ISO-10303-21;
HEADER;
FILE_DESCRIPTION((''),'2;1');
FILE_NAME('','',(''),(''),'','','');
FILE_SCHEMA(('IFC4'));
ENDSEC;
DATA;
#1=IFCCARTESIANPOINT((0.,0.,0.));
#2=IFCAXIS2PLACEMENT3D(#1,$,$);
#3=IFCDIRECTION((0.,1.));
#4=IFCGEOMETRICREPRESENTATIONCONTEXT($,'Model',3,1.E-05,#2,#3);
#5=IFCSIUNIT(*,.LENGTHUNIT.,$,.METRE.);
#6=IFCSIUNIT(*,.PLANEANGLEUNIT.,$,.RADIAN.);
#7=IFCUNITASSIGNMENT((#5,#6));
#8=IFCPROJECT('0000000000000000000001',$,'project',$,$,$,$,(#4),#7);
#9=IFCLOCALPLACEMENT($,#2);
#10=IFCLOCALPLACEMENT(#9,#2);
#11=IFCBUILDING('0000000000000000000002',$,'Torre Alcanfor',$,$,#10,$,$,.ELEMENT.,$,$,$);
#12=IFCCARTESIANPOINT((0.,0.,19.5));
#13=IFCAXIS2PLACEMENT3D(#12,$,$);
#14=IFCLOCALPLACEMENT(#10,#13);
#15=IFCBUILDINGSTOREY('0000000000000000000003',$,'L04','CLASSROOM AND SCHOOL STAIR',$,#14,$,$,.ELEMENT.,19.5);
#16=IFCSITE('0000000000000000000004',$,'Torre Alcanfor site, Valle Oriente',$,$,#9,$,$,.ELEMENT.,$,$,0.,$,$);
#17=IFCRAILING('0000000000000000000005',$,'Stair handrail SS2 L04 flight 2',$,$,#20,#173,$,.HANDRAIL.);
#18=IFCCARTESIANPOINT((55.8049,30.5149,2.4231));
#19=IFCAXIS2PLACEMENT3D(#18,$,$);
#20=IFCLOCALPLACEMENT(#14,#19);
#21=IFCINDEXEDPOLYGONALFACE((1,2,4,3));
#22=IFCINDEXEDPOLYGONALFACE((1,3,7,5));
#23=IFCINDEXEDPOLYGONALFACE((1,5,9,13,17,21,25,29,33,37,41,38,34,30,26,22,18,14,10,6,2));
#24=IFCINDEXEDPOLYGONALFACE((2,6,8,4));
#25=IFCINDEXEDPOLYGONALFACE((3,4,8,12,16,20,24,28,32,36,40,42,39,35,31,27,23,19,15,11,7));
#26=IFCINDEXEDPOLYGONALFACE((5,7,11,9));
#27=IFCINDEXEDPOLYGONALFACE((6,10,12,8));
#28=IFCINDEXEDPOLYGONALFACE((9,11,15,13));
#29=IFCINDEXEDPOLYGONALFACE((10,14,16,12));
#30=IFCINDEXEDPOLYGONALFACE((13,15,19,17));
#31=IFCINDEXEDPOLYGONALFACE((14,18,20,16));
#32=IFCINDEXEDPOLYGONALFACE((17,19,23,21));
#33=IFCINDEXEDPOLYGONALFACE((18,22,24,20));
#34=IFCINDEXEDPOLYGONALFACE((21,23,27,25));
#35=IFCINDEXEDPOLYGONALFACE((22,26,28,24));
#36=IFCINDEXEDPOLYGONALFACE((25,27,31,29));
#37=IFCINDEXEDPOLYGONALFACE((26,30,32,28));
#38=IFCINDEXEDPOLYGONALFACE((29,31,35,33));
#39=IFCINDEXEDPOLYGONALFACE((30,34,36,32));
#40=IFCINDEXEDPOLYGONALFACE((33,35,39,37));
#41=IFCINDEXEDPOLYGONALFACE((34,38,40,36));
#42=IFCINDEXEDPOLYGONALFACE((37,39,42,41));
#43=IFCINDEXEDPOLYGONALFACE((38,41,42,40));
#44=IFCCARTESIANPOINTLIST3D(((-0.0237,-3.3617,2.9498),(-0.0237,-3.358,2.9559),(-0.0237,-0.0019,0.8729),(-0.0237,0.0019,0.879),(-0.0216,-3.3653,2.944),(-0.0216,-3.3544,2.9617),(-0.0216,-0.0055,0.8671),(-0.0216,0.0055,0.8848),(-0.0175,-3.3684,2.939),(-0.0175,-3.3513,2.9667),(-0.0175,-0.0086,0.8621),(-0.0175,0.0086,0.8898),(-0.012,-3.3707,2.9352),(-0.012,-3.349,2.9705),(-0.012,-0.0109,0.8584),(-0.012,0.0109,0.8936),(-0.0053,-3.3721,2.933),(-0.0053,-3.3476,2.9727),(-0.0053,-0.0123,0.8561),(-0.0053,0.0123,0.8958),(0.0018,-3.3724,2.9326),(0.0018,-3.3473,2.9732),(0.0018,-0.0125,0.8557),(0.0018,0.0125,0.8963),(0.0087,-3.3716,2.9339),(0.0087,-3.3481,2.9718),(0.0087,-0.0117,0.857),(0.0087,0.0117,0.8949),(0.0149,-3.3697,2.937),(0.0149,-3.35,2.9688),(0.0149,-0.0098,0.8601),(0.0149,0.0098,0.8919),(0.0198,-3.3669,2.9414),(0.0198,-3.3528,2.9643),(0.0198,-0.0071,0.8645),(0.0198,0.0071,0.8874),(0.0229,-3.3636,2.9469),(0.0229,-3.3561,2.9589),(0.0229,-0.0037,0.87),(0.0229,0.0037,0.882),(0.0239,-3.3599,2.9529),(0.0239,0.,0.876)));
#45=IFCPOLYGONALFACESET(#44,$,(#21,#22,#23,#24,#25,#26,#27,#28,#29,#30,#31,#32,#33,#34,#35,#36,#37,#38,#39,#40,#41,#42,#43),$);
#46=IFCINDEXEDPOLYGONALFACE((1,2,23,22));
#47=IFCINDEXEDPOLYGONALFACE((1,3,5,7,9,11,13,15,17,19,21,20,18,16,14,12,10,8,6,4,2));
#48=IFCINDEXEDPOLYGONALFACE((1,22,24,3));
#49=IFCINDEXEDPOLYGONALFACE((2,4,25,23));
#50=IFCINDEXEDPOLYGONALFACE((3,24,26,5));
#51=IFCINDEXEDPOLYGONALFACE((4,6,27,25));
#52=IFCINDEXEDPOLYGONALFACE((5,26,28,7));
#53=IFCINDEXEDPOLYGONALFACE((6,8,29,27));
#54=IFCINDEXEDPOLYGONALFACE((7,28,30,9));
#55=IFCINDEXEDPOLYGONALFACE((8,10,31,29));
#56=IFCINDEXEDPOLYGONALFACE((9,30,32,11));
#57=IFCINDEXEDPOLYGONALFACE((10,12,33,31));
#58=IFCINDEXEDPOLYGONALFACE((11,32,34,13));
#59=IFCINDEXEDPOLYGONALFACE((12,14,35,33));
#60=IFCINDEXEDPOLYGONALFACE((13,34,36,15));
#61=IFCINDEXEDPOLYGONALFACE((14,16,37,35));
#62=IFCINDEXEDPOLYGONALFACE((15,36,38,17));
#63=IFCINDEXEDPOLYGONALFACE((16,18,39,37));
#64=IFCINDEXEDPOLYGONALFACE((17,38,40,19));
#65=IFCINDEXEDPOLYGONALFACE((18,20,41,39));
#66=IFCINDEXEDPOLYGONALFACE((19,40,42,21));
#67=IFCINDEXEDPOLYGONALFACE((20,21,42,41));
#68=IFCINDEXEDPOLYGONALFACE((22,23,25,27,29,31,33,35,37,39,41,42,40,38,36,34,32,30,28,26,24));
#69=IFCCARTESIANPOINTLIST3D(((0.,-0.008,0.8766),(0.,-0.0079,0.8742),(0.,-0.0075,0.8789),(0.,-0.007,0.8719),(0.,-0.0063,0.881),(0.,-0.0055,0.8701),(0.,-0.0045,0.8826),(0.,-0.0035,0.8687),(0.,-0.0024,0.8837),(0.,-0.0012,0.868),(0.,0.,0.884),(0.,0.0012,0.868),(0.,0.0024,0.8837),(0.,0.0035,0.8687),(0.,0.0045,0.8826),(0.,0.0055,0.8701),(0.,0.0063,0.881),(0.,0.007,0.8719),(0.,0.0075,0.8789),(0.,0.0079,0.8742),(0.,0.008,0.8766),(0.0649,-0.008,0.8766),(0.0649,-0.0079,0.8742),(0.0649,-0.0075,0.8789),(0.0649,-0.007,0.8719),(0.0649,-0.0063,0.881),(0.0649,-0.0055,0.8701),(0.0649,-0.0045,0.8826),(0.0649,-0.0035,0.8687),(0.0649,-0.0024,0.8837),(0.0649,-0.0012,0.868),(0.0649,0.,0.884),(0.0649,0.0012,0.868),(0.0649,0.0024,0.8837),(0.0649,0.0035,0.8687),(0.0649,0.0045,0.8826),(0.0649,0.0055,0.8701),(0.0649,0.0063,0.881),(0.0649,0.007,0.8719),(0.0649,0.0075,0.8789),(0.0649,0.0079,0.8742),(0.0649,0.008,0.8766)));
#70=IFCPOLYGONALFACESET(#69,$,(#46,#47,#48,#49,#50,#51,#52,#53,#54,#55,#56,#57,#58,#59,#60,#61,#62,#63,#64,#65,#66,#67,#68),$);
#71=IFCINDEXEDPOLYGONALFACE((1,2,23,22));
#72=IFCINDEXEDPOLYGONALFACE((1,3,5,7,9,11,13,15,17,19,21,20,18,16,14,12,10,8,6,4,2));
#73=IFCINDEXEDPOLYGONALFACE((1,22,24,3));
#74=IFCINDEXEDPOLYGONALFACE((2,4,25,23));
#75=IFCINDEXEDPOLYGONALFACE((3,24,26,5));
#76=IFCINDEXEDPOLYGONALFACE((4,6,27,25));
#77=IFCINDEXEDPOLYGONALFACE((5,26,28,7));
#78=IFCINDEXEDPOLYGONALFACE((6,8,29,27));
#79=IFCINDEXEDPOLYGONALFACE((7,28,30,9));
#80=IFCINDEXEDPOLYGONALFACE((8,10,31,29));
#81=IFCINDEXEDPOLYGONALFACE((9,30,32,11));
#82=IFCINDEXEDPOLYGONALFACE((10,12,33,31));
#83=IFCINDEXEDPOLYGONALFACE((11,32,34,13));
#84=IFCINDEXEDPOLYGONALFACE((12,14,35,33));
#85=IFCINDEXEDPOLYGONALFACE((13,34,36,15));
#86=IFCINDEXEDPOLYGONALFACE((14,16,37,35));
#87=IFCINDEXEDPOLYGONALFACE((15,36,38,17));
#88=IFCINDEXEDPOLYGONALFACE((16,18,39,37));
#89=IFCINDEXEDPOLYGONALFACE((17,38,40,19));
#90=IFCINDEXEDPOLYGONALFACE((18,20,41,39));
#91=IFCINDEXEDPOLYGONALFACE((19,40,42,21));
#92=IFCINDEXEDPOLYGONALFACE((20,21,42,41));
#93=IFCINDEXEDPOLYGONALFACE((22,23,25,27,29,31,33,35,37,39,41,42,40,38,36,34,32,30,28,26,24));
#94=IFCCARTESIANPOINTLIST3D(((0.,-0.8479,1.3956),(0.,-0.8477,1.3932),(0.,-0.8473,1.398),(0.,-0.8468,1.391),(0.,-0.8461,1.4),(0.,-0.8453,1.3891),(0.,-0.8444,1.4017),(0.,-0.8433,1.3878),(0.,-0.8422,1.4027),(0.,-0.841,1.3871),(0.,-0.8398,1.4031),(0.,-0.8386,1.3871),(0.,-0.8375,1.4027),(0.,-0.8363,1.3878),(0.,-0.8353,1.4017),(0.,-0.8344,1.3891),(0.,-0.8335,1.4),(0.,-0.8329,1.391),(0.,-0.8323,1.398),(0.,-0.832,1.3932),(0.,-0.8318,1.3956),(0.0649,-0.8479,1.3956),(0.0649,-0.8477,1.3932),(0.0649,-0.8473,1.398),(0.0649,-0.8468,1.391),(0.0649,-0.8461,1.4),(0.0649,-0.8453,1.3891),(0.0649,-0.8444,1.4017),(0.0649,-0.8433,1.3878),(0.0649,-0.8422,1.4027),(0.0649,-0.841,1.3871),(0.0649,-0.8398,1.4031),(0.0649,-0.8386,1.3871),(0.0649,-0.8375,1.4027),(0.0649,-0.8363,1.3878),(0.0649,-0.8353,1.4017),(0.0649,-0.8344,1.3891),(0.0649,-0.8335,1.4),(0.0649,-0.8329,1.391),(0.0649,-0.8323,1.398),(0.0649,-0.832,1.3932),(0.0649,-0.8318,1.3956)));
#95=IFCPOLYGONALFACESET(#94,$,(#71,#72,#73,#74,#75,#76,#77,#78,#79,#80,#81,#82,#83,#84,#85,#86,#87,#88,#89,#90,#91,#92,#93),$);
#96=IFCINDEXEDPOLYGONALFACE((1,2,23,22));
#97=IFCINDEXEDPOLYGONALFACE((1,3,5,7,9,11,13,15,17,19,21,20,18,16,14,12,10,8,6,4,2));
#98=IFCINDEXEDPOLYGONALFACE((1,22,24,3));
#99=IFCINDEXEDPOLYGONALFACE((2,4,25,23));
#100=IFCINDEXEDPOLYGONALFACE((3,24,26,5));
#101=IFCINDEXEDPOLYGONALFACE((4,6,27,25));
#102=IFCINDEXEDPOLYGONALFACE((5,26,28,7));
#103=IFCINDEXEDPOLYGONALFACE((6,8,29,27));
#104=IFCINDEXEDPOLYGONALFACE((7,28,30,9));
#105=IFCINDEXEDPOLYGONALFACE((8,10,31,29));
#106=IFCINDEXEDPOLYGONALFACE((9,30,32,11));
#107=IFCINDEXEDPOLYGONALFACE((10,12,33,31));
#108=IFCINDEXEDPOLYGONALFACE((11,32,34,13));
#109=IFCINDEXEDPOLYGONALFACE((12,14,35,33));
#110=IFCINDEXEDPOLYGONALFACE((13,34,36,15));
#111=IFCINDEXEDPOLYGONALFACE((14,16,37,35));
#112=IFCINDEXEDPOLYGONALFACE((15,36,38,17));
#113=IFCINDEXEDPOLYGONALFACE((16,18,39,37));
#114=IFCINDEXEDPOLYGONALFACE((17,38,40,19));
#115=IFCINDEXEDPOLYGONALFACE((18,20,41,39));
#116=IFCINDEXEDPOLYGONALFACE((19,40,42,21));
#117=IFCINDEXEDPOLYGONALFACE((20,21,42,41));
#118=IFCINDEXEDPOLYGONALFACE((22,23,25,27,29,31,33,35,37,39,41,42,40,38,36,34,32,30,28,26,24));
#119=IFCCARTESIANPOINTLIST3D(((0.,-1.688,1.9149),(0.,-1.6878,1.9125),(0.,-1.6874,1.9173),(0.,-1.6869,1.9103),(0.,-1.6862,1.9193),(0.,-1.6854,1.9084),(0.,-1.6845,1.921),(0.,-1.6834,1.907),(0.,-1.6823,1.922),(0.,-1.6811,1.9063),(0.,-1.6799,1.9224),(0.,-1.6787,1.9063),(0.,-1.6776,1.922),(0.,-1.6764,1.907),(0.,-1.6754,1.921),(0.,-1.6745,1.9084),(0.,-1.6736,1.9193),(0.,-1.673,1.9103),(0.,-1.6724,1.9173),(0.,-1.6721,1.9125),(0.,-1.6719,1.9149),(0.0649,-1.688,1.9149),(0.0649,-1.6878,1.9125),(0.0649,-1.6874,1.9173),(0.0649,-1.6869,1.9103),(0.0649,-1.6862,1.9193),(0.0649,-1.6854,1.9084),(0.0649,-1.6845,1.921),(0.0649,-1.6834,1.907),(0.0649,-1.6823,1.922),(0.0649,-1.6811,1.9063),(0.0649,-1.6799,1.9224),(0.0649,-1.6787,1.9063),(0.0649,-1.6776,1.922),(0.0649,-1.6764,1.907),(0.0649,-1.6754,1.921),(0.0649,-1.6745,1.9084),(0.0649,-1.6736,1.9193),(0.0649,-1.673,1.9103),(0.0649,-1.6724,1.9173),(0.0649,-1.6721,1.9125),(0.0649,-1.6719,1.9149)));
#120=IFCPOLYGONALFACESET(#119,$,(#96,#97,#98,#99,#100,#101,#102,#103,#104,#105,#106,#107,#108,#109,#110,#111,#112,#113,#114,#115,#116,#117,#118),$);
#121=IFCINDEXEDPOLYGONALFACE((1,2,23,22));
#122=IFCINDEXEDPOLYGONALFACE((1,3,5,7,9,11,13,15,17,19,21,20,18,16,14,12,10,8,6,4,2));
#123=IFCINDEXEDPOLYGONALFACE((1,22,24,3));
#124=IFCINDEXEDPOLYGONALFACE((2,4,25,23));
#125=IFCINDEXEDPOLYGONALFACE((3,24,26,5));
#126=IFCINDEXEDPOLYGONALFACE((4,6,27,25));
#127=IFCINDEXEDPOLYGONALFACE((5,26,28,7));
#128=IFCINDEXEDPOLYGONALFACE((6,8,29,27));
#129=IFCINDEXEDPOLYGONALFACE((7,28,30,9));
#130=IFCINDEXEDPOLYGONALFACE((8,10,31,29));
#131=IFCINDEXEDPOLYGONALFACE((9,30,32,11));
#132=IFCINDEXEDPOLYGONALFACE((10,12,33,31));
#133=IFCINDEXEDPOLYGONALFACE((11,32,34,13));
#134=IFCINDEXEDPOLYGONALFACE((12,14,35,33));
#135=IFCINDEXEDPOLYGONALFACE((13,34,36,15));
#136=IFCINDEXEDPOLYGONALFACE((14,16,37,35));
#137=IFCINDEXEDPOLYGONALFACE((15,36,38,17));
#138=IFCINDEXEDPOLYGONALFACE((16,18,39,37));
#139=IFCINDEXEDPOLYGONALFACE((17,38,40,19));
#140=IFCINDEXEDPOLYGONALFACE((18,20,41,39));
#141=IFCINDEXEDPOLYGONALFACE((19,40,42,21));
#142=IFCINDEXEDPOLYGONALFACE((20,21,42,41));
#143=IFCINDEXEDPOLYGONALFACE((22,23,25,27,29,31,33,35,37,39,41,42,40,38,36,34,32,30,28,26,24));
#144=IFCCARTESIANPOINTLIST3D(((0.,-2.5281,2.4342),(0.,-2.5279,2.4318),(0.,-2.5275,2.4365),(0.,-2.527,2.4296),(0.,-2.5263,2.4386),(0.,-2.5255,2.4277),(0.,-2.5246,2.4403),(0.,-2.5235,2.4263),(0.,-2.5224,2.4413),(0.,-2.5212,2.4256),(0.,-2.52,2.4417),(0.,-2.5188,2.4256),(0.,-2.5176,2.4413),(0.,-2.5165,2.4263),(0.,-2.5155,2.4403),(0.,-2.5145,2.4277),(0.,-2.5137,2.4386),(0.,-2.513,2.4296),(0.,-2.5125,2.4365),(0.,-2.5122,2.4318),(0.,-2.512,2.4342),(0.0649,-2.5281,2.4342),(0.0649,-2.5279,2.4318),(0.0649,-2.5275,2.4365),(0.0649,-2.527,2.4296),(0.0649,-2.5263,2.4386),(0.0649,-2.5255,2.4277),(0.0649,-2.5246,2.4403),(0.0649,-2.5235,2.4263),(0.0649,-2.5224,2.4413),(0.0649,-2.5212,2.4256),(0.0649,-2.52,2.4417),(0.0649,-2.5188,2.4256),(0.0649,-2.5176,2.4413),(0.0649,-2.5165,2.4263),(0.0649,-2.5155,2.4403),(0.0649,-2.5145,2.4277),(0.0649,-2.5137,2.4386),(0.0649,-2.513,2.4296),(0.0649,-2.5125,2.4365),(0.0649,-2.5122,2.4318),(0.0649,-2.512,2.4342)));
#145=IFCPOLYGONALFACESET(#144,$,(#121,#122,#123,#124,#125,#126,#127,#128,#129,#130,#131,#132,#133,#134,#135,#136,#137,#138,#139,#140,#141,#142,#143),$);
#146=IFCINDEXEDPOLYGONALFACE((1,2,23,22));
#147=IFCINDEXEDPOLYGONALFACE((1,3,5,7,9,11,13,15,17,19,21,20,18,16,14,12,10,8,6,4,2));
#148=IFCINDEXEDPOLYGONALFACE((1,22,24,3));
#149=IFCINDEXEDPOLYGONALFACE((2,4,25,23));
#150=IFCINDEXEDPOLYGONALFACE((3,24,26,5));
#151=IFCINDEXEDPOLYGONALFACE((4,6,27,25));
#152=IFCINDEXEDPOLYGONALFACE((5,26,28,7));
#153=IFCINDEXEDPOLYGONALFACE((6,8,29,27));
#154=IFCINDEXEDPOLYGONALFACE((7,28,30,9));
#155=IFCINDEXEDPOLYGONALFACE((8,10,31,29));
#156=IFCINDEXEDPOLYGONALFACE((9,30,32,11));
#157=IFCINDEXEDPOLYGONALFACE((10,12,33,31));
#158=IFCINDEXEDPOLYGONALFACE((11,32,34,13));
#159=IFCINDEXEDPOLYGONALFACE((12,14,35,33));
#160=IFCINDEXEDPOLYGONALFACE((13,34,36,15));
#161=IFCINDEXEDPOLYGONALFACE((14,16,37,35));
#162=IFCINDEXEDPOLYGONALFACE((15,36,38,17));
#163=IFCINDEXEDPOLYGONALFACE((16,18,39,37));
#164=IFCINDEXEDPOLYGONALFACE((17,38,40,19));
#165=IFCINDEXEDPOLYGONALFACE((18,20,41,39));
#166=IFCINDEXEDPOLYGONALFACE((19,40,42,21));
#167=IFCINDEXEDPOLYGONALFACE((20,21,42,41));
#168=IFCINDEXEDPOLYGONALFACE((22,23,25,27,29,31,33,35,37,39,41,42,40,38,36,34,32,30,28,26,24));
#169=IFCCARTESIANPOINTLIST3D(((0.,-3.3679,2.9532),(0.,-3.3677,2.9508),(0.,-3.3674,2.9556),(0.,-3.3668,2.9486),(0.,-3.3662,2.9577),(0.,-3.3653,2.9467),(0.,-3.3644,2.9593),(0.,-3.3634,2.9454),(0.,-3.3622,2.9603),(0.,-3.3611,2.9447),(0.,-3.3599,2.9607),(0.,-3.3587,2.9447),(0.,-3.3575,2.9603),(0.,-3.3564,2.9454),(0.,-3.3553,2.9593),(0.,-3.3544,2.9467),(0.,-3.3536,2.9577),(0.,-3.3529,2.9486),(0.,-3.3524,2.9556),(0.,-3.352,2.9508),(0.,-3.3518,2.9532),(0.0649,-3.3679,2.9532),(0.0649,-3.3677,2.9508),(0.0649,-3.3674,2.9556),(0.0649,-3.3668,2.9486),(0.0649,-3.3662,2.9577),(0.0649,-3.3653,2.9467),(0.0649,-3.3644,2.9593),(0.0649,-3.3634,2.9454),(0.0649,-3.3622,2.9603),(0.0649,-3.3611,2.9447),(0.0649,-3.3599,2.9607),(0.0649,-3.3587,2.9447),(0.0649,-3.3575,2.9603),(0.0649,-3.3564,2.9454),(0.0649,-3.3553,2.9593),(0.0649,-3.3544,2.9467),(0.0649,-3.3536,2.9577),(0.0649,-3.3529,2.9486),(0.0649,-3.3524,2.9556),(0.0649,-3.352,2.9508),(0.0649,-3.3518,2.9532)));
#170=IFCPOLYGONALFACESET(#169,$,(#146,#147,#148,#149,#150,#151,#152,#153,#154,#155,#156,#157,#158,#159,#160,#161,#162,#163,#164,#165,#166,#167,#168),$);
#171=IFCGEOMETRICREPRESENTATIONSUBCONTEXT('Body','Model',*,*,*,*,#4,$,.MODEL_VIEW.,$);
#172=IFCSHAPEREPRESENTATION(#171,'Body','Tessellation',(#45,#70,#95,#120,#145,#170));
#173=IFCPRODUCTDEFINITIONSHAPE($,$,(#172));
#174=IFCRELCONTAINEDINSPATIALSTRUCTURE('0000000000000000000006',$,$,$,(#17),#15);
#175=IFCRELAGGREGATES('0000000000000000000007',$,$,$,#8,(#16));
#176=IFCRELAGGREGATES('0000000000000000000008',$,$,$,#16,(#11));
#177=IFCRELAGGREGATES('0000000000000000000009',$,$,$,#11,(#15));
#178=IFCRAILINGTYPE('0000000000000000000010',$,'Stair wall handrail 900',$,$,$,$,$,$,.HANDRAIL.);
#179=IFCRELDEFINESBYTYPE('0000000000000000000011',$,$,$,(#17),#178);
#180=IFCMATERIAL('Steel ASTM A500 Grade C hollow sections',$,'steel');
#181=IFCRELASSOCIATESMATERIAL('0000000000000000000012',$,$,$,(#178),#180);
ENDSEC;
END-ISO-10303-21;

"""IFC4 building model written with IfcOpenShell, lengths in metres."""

from ifc_helpers import new_model, si_unit, direction, frame, origin, origin_2d, place, context, subcontext, project, spatial, circle, extrude, material, type_object, element, save


model = new_model("IFC4")

# Units and contexts
model_context = context("Model", 3, precision=1e-05, world=origin(), true_north=direction((0.0, 1.0)))
body_context = subcontext(model_context, "Body", "Model", "MODEL_VIEW")
ifc_project = project(units=[si_unit("LENGTHUNIT", "METRE"), si_unit("PLANEANGLEUNIT", "RADIAN")], contexts=[model_context])

# Site, building, storey
site_placement = place(None, origin())
site = spatial("IfcSite", under=ifc_project, at=site_placement, Name="Torre Alcanfor site, Valle Oriente", CompositionType="ELEMENT", RefElevation=0.0)
building_placement = place(site_placement, origin())
building = spatial("IfcBuilding", under=site, at=building_placement, Name="Torre Alcanfor", CompositionType="ELEMENT")
storey_placement = place(building_placement, frame((0.0, 0.0, 19.5)))
storey = spatial("IfcBuildingStorey", under=building, at=storey_placement, Name="L04", Description="CLASSROOM AND SCHOOL STAIR", CompositionType="ELEMENT", Elevation=19.5)

# Railing
ifc_material_1 = material(Name="Steel ASTM A500 Grade C hollow sections", Category="steel")
railing_type_1 = type_object("IfcRailingType", Name="Stair wall handrail 900", PredefinedType="HANDRAIL", material=ifc_material_1)
railing_1_placement = place(storey_placement, frame((55.8049, 30.5149, 2.4231)))
element("IfcRailing", 1, at=railing_1_placement, inside=storey, type_object=railing_type_1, Name="Stair handrail SS2 L04 flight 2", PredefinedType="HANDRAIL", context=body_context, shape_type="SweptSolid", body=[
    extrude(circle(Radius=0.0239, at=origin_2d()), frame((0.0, 0.0, 0.876), z_axis=(0.0, -0.850606, 0.525803), x_axis=(1.0, 0.0, 0.0)), (0.0, 0.0, 1.0), 3.95),
    extrude(circle(Radius=0.0081, at=origin_2d()), frame((0.0, 0.0, 0.876), z_axis=(1.0, 0.0, 0.0), x_axis=(0.0, 0.0, 1.0)), (0.0, 0.0, 1.0), 0.0649),
    extrude(circle(Radius=0.0081, at=origin_2d()), frame((0.0, -0.8398, 1.395), z_axis=(1.0, 0.0, 0.0), x_axis=(0.0, 0.0, 1.0)), (0.0, 0.0, 1.0), 0.0649),
    extrude(circle(Radius=0.0081, at=origin_2d()), frame((0.0, -1.6799, 1.9143), z_axis=(1.0, 0.0, 0.0), x_axis=(0.0, 0.0, 1.0)), (0.0, 0.0, 1.0), 0.0649),
    extrude(circle(Radius=0.0081, at=origin_2d()), frame((0.0, -2.52, 2.4336), z_axis=(1.0, 0.0, 0.0), x_axis=(0.0, 0.0, 1.0)), (0.0, 0.0, 1.0), 0.0649),
    extrude(circle(Radius=0.0081, at=origin_2d()), frame((0.0, -3.3599, 2.9526), z_axis=(1.0, 0.0, 0.0), x_axis=(0.0, 0.0, 1.0)), (0.0, 0.0, 1.0), 0.0649),
])

save(model, "model.ifc")
